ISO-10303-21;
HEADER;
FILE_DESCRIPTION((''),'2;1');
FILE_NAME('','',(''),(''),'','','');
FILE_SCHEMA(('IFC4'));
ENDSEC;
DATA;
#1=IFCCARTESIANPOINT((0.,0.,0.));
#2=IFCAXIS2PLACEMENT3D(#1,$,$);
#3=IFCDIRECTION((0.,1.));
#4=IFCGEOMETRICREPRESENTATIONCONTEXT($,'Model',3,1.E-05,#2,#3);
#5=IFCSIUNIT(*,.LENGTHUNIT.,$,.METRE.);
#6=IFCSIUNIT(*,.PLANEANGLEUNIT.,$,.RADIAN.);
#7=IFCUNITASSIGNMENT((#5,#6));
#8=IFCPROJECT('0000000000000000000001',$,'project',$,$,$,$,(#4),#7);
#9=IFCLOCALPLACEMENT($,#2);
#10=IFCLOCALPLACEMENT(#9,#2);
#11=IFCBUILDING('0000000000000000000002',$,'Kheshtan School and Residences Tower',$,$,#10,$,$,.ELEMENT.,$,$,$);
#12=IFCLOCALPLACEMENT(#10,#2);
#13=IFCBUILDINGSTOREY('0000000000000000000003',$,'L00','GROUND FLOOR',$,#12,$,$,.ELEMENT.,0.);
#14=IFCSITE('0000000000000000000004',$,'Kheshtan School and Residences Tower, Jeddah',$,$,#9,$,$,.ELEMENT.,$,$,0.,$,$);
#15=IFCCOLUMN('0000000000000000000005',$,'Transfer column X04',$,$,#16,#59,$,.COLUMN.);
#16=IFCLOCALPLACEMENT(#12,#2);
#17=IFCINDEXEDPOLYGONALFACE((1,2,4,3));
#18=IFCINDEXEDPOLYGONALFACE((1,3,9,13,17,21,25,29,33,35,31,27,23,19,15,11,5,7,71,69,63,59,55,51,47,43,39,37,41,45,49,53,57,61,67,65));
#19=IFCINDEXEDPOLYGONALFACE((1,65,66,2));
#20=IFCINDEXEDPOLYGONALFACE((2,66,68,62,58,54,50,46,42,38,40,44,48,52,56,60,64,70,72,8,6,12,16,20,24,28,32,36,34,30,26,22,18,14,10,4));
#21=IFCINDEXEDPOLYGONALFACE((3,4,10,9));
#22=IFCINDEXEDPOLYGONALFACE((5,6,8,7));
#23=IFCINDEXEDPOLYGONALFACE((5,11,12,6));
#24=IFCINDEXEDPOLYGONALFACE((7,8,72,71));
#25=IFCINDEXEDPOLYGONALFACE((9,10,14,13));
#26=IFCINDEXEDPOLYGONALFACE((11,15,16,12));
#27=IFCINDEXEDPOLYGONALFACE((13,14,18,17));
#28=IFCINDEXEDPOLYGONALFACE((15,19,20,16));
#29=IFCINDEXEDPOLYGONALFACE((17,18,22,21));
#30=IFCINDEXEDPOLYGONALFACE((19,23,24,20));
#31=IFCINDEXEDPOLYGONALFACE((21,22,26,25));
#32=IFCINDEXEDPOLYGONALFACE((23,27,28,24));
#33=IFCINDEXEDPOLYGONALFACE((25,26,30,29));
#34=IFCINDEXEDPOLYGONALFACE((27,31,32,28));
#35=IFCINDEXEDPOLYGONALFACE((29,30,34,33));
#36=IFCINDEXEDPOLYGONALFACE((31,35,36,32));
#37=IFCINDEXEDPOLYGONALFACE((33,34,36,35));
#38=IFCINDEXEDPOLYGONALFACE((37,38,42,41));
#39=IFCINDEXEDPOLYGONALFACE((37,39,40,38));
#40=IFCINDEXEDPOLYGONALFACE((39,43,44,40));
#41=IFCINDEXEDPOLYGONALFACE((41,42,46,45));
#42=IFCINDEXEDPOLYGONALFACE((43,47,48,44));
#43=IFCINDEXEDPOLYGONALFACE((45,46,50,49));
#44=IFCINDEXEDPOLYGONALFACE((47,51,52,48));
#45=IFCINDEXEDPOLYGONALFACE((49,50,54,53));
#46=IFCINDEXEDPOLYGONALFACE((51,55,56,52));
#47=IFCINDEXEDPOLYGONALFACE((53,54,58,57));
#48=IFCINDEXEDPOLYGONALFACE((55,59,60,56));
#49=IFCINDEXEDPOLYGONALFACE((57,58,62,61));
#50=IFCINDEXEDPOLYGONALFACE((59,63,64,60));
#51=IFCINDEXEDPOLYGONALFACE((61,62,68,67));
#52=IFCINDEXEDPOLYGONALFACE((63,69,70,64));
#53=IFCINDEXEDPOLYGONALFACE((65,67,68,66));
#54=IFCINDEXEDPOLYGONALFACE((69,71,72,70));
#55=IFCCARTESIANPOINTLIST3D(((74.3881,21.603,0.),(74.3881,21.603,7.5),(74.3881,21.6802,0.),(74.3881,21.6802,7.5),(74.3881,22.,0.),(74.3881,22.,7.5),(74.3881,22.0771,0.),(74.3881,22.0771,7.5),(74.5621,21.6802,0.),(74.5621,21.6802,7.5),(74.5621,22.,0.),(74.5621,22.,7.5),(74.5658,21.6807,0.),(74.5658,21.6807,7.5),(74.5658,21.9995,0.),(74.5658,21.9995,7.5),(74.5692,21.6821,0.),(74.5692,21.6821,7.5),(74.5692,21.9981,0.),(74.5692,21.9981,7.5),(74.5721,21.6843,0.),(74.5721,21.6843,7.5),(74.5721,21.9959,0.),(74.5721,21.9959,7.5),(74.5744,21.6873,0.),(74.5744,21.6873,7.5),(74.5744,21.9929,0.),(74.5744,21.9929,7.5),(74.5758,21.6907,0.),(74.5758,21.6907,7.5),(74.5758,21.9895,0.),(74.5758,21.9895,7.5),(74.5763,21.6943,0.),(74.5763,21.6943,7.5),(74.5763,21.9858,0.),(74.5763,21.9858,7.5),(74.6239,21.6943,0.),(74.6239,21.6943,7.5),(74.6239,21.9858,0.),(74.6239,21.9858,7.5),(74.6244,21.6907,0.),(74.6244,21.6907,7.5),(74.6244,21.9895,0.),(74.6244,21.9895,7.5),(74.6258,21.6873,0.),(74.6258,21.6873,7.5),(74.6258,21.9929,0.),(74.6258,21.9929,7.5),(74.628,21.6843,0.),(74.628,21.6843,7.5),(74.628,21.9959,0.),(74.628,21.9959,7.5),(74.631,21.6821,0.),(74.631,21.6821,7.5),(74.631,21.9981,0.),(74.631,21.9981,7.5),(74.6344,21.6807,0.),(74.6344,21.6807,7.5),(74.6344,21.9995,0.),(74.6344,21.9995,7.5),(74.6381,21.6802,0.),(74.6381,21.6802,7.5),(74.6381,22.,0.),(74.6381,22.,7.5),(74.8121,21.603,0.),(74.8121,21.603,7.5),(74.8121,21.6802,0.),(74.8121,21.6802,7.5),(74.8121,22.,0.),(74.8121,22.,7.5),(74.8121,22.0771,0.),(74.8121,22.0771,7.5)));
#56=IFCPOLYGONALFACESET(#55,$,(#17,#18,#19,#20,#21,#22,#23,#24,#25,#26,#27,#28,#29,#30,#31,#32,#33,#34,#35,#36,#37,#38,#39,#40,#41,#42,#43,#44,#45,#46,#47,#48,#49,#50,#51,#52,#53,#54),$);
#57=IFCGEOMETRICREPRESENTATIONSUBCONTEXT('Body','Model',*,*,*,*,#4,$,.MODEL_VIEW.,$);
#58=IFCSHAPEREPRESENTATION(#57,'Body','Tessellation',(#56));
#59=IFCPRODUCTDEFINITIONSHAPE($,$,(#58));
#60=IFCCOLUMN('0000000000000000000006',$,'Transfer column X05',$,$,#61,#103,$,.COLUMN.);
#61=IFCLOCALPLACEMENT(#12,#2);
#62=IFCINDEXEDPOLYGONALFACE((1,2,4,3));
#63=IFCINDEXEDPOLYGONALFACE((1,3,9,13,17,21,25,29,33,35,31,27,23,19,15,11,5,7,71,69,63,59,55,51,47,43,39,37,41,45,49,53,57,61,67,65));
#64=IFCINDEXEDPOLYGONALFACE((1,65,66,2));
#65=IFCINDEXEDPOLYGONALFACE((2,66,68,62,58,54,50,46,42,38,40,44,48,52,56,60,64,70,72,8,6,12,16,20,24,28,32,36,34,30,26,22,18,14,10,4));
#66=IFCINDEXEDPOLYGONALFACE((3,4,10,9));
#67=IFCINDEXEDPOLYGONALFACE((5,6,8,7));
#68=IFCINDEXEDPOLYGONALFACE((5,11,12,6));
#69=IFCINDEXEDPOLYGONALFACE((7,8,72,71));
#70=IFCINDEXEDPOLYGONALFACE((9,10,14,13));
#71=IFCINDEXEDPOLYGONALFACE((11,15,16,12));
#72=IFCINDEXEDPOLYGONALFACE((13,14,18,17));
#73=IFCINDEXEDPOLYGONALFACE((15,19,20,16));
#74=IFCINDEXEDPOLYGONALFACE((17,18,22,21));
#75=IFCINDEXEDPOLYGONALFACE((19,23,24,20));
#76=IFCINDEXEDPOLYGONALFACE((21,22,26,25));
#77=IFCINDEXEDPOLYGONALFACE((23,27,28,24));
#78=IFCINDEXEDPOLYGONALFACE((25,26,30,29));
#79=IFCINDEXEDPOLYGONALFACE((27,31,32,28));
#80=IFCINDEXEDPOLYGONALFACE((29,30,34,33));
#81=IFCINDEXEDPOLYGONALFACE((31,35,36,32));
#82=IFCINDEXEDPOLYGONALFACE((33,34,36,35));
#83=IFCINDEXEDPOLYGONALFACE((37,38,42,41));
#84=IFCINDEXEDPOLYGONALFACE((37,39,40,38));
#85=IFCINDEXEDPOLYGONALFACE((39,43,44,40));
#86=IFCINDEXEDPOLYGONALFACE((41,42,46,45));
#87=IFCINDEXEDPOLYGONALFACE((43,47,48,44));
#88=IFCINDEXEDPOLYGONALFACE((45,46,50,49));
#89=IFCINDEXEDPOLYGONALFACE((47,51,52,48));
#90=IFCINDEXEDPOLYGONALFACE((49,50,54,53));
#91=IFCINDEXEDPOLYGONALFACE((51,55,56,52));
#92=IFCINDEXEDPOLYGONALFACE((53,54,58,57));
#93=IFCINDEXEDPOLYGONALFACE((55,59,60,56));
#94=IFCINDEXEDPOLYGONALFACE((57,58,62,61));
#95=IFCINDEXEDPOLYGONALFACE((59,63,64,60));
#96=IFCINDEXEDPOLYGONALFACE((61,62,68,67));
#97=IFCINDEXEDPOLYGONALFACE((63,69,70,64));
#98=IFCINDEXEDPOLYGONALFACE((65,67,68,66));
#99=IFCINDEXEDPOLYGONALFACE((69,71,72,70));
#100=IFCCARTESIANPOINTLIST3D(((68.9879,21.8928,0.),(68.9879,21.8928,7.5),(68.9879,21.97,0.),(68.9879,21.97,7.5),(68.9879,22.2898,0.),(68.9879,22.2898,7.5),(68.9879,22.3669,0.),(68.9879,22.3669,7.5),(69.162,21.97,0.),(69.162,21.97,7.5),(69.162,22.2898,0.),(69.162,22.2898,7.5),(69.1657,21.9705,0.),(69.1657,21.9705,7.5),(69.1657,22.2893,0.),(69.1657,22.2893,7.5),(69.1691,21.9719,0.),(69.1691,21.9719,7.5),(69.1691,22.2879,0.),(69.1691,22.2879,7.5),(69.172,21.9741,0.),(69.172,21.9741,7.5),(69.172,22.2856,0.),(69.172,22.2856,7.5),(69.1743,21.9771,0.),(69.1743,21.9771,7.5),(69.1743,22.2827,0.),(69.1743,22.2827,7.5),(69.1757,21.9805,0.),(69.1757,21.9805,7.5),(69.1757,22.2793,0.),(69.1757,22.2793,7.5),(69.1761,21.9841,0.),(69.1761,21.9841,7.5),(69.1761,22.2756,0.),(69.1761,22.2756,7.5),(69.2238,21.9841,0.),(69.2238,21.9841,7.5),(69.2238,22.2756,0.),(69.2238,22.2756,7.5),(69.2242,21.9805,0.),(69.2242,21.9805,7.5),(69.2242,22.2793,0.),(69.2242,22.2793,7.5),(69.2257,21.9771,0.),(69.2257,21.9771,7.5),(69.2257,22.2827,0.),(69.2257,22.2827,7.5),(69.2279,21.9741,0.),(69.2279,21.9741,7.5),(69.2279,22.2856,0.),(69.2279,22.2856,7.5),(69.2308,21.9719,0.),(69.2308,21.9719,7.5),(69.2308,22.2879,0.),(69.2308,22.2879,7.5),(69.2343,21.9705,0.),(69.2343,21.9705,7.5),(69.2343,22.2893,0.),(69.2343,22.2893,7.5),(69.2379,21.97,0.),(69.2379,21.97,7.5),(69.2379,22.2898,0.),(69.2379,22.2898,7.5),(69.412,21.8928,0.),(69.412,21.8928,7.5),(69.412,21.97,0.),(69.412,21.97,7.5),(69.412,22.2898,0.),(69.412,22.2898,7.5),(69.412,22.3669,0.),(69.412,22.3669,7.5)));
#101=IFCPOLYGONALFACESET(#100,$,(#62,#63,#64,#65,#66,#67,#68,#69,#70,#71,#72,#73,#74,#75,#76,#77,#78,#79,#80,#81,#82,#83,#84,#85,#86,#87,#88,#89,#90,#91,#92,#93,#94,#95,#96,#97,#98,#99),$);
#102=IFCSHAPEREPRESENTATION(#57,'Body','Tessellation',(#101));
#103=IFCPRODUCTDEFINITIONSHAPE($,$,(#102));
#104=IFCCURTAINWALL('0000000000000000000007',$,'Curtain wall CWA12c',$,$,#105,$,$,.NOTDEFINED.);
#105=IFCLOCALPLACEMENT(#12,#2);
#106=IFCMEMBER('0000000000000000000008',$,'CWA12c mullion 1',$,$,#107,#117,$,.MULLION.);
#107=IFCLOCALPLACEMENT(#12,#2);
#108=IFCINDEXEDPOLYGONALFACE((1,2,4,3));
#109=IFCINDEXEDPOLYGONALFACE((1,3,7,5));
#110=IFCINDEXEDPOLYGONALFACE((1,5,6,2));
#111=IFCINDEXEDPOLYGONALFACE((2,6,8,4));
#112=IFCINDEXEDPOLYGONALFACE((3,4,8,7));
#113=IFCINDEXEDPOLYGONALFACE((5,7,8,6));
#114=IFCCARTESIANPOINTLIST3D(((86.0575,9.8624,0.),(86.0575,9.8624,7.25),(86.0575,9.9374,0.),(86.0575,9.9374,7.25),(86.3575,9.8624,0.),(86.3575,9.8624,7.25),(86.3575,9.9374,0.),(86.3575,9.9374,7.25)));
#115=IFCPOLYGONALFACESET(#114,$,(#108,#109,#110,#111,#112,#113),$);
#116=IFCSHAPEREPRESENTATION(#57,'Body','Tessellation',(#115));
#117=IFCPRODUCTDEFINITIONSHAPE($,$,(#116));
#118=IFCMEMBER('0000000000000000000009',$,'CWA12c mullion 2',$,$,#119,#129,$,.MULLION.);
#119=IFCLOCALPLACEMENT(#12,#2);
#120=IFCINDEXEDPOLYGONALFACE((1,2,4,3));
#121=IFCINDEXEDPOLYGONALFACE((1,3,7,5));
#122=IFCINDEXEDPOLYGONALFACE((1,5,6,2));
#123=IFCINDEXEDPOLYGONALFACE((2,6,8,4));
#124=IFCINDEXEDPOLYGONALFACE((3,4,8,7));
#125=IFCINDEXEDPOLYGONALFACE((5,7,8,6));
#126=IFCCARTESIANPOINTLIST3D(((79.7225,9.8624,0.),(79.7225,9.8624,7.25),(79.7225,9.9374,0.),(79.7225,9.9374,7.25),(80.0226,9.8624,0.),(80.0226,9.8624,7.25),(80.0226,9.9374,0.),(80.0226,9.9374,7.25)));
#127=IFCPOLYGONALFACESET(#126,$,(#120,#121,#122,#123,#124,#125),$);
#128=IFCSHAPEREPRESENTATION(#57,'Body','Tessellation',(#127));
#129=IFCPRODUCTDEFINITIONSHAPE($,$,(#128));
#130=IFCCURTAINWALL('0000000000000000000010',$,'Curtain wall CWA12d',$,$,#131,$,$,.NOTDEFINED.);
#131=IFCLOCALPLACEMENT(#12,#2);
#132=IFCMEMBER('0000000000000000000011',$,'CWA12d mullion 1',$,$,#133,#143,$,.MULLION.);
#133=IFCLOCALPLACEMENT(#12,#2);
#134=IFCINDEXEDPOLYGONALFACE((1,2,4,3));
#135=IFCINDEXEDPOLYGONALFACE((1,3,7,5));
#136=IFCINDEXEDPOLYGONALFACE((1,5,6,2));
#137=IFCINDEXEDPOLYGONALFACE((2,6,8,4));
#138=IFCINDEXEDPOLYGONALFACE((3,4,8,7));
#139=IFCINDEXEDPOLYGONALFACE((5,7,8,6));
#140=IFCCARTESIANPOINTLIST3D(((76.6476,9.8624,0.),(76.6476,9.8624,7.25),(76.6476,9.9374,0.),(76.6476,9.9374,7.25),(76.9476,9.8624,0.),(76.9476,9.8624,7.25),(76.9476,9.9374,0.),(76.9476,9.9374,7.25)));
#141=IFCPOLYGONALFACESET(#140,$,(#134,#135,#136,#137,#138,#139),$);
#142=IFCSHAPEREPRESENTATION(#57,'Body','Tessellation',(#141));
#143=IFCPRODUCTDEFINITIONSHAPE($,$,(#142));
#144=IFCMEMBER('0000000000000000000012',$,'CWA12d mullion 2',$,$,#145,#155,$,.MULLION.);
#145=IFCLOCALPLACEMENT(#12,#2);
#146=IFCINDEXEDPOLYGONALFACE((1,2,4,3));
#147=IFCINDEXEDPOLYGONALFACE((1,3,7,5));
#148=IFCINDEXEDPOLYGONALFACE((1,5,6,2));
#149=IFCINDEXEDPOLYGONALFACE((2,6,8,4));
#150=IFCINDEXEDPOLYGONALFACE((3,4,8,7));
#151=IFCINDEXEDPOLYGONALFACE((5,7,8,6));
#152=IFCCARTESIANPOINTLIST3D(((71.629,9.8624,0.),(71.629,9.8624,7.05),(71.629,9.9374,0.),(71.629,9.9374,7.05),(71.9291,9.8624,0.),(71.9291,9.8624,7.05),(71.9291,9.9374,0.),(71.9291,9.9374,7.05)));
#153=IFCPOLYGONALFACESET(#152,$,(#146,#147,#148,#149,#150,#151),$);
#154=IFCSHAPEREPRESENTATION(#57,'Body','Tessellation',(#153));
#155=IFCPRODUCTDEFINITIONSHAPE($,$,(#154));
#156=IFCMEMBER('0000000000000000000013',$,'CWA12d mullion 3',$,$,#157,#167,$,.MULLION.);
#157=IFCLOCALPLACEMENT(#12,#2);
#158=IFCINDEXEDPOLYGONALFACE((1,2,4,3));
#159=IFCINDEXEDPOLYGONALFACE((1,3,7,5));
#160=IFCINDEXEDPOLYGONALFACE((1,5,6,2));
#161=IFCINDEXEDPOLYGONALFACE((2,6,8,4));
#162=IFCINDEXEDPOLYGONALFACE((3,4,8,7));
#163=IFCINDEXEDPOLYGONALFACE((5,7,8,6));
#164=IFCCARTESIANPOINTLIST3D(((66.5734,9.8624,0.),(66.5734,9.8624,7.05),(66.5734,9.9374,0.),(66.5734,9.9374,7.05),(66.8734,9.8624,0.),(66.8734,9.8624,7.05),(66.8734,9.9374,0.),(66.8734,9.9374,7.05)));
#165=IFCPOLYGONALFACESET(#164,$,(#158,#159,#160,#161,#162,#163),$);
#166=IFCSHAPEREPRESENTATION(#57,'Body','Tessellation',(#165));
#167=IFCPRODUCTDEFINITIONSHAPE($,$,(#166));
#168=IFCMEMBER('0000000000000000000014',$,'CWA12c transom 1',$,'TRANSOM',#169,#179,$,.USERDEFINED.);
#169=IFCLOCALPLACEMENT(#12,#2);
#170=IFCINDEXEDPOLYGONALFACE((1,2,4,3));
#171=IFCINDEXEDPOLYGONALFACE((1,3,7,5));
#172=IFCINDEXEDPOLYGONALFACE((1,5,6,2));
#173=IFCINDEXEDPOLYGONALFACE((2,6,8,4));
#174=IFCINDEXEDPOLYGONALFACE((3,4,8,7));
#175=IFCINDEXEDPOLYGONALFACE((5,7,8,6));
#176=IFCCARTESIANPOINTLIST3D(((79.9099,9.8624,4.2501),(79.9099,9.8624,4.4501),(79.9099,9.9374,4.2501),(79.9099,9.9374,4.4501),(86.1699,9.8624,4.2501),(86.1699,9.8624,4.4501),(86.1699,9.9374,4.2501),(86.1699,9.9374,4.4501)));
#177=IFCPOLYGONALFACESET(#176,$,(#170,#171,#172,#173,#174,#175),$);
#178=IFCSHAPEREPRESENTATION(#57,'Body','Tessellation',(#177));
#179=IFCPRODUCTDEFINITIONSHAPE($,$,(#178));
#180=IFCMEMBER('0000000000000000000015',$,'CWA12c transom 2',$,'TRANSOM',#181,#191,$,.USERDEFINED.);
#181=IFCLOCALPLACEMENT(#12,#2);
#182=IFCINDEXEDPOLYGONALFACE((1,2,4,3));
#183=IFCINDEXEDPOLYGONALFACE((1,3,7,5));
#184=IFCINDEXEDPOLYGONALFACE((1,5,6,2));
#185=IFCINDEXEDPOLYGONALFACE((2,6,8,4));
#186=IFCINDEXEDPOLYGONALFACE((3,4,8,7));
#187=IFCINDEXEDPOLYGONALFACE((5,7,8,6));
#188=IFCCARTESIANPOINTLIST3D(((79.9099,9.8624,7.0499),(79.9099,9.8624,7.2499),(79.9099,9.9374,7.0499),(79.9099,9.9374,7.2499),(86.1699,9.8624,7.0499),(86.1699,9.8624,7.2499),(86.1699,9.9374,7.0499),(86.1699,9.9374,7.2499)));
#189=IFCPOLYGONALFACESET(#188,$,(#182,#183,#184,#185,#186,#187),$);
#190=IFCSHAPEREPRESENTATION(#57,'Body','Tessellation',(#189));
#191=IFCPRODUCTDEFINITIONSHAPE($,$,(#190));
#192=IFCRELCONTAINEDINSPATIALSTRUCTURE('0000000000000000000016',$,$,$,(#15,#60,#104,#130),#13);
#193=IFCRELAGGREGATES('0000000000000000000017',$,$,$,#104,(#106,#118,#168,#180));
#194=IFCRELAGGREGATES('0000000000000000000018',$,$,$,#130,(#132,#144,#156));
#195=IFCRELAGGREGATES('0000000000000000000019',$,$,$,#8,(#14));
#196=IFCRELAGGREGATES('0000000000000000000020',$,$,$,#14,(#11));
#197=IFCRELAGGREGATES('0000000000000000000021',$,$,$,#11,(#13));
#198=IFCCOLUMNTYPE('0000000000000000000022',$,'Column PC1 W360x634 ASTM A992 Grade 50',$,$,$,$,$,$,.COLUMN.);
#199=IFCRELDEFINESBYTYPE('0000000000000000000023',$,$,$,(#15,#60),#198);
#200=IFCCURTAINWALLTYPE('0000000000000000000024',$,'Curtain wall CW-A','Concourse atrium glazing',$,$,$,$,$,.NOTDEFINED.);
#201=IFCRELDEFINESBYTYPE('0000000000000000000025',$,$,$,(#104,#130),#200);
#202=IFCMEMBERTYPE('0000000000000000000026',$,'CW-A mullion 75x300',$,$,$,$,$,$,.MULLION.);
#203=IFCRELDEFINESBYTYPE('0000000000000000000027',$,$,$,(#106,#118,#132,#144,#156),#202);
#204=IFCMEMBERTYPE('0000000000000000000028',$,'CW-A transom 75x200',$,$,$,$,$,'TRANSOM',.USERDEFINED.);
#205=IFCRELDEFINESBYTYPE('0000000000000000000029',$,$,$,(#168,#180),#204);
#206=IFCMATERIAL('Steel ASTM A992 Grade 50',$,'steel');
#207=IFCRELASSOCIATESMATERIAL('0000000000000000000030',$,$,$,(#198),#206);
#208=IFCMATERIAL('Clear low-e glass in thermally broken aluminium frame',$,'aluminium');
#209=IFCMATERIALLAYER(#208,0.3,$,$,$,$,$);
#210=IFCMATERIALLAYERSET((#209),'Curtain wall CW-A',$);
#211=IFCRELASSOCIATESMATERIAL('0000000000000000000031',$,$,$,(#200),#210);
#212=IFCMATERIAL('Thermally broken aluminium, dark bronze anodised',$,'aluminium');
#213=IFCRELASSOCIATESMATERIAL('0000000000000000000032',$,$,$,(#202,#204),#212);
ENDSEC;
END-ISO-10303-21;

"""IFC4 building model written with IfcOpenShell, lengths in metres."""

from ifc_helpers import new_model, si_unit, direction, frame, origin, origin_2d, place, context, subcontext, project, spatial, rectangle, i_section, extrude, material, layer, layer_set, material_profile, profile_set, type_object, element, aggregate, save


model = new_model("IFC4")

# Units and contexts
model_context = context("Model", 3, precision=1e-05, world=origin(), true_north=direction((0.0, 1.0)))
body_context = subcontext(model_context, "Body", "Model", "MODEL_VIEW")
ifc_project = project(units=[si_unit("LENGTHUNIT", "METRE"), si_unit("PLANEANGLEUNIT", "RADIAN")], contexts=[model_context])

# Site, building, storey
site_placement = place(None, origin())
site = spatial("IfcSite", under=ifc_project, at=site_placement, Name="Kheshtan School and Residences Tower, Jeddah", CompositionType="ELEMENT", RefElevation=0.0)
building_placement = place(site_placement, origin())
building = spatial("IfcBuilding", under=site, at=building_placement, Name="Kheshtan School and Residences Tower", CompositionType="ELEMENT")
storey_placement = place(building_placement, origin())
storey = spatial("IfcBuildingStorey", under=building, at=storey_placement, Name="L00", Description="GROUND FLOOR", CompositionType="ELEMENT", Elevation=0.0)

# Columns
ifc_material_1 = material(Name="Steel ASTM A992 Grade 50", Category="steel")
ifc_material_profile_1 = material_profile(ifc_material_1, i_section(OverallWidth=0.4241, OverallDepth=0.4741, WebThickness=0.0476, FlangeThickness=0.0771, FilletRadius=0.0142, at=origin_2d()), Name="W360x634")
ifc_profile_set_1 = profile_set([ifc_material_profile_1], Name="Steel ASTM A992 Grade 50")
column_type = type_object("IfcColumnType", Name="Column PC1 W360x634 ASTM A992 Grade 50", PredefinedType="COLUMN", material=ifc_profile_set_1)
for number, where, z_axis, x_axis, name in (
    (1, (74.6001, 21.8401, 0.0), (0.0, 0.0, 1.0), (1.0, 0.0, 0.0), "Transfer column X04"),
    (2, (69.2, 22.1299, 0.0), (0.0, 0.0, 1.0), (1.0, 0.0, 0.0), "Transfer column X05"),
):
    element("IfcColumn", number, at=place(storey_placement, frame(where, z_axis=z_axis, x_axis=x_axis)), inside=storey, type_object=column_type, Name=name, PredefinedType="COLUMN", context=body_context, shape_type="SweptSolid", body=[
        extrude(i_section(OverallWidth=0.4241, OverallDepth=0.4741, WebThickness=0.0476, FlangeThickness=0.0771, FilletRadius=0.0142, at=origin_2d()), origin(), (0.0, 0.0, 1.0), 7.5),
    ])

# Curtain walls, members
ifc_material_2 = material(Name="Clear low-e glass in thermally broken aluminium frame", Category="aluminium")
ifc_layer_1 = layer(ifc_material_2, 0.3)
ifc_layer_set_1 = layer_set([ifc_layer_1], Name="Curtain wall CW-A")
curtain_wall_type = type_object("IfcCurtainWallType", Name="Curtain wall CW-A", Description="Concourse atrium glazing", PredefinedType="NOTDEFINED", material=ifc_layer_set_1)
curtain_wall_1_placement = place(storey_placement, origin())
curtain_wall_1 = element("IfcCurtainWall", 3, at=curtain_wall_1_placement, inside=storey, type_object=curtain_wall_type, Name="Curtain wall CWA12c", PredefinedType="NOTDEFINED")
ifc_material_3 = material(Name="Thermally broken aluminium, dark bronze anodised", Category="aluminium")
ifc_material_profile_2 = material_profile(ifc_material_3, rectangle(XDim=0.075, YDim=0.3, at=origin_2d()), Name="CW-A mullion 75x300")
ifc_profile_set_2 = profile_set([ifc_material_profile_2], Name="Thermally broken aluminium, dark bronze anodised")
member_type_1 = type_object("IfcMemberType", Name="CW-A mullion 75x300", PredefinedType="MULLION", material=ifc_profile_set_2)
member_1_placement = place(storey_placement, frame((86.2075, 9.8999, 0.0), z_axis=(0.0, 0.0, 1.0), x_axis=(0.0, -1.0, 0.0)))
member_1 = element("IfcMember", 4, at=member_1_placement, type_object=member_type_1, Name="CWA12c mullion 1", PredefinedType="MULLION", context=body_context, shape_type="SweptSolid", body=[
    extrude(rectangle(XDim=0.075, YDim=0.3, at=origin_2d()), origin(), (0.0, 0.0, 1.0), 7.25),
])
member_2_placement = place(storey_placement, frame((79.8726, 9.8999, 0.0), z_axis=(0.0, 0.0, 1.0), x_axis=(0.0, -1.0, 0.0)))
member_2 = element("IfcMember", 5, at=member_2_placement, type_object=member_type_1, Name="CWA12c mullion 2", PredefinedType="MULLION", context=body_context, shape_type="SweptSolid", body=[
    extrude(rectangle(XDim=0.075, YDim=0.3, at=origin_2d()), origin(), (0.0, 0.0, 1.0), 7.25),
])
curtain_wall_2_placement = place(storey_placement, origin())
curtain_wall_2 = element("IfcCurtainWall", 6, at=curtain_wall_2_placement, inside=storey, type_object=curtain_wall_type, Name="Curtain wall CWA12d", PredefinedType="NOTDEFINED")
member_3_placement = place(storey_placement, frame((76.7976, 9.8999, 0.0), z_axis=(0.0, 0.0, 1.0), x_axis=(0.0, -1.0, 0.0)))
member_3 = element("IfcMember", 7, at=member_3_placement, type_object=member_type_1, Name="CWA12d mullion 1", PredefinedType="MULLION", context=body_context, shape_type="SweptSolid", body=[
    extrude(rectangle(XDim=0.075, YDim=0.3, at=origin_2d()), origin(), (0.0, 0.0, 1.0), 7.25),
])
member_4_placement = place(storey_placement, frame((71.7791, 9.8999, 0.0), z_axis=(0.0, 0.0, 1.0), x_axis=(0.0, -1.0, 0.0)))
member_4 = element("IfcMember", 8, at=member_4_placement, type_object=member_type_1, Name="CWA12d mullion 2", PredefinedType="MULLION", context=body_context, shape_type="SweptSolid", body=[
    extrude(rectangle(XDim=0.075, YDim=0.3, at=origin_2d()), origin(), (0.0, 0.0, 1.0), 7.05),
])
member_5_placement = place(storey_placement, frame((66.7234, 9.8999, 0.0), z_axis=(0.0, 0.0, 1.0), x_axis=(0.0, -1.0, 0.0)))
member_5 = element("IfcMember", 9, at=member_5_placement, type_object=member_type_1, Name="CWA12d mullion 3", PredefinedType="MULLION", context=body_context, shape_type="SweptSolid", body=[
    extrude(rectangle(XDim=0.075, YDim=0.3, at=origin_2d()), origin(), (0.0, 0.0, 1.0), 7.05),
])

# Members
ifc_material_profile_3 = material_profile(ifc_material_3, rectangle(XDim=0.075, YDim=0.2, at=origin_2d()), Name="CW-A transom 75x200")
ifc_profile_set_3 = profile_set([ifc_material_profile_3], Name="Thermally broken aluminium, dark bronze anodised")
member_type_2 = type_object("IfcMemberType", Name="CW-A transom 75x200", ElementType="TRANSOM", PredefinedType="USERDEFINED", material=ifc_profile_set_3)
member_6_placement = place(storey_placement, frame((86.1699, 9.8999, 4.3501), z_axis=(-1.0, 0.0, 0.0), x_axis=(0.0, -1.0, 0.0)))
member_6 = element("IfcMember", 10, at=member_6_placement, type_object=member_type_2, Name="CWA12c transom 1", ObjectType="TRANSOM", PredefinedType="USERDEFINED", context=body_context, shape_type="SweptSolid", body=[
    extrude(rectangle(XDim=0.075, YDim=0.2, at=origin_2d()), origin(), (0.0, 0.0, 1.0), 6.26),
])
member_7_placement = place(storey_placement, frame((86.1699, 9.8999, 7.1499), z_axis=(-1.0, 0.0, 0.0), x_axis=(0.0, -1.0, 0.0)))
member_7 = element("IfcMember", 11, at=member_7_placement, type_object=member_type_2, Name="CWA12c transom 2", ObjectType="TRANSOM", PredefinedType="USERDEFINED", context=body_context, shape_type="SweptSolid", body=[
    extrude(rectangle(XDim=0.075, YDim=0.2, at=origin_2d()), origin(), (0.0, 0.0, 1.0), 6.26),
])

aggregate(curtain_wall_1, [member_1, member_2, member_6, member_7])
aggregate(curtain_wall_2, [member_3, member_4, member_5])

save(model, "model.ifc")
